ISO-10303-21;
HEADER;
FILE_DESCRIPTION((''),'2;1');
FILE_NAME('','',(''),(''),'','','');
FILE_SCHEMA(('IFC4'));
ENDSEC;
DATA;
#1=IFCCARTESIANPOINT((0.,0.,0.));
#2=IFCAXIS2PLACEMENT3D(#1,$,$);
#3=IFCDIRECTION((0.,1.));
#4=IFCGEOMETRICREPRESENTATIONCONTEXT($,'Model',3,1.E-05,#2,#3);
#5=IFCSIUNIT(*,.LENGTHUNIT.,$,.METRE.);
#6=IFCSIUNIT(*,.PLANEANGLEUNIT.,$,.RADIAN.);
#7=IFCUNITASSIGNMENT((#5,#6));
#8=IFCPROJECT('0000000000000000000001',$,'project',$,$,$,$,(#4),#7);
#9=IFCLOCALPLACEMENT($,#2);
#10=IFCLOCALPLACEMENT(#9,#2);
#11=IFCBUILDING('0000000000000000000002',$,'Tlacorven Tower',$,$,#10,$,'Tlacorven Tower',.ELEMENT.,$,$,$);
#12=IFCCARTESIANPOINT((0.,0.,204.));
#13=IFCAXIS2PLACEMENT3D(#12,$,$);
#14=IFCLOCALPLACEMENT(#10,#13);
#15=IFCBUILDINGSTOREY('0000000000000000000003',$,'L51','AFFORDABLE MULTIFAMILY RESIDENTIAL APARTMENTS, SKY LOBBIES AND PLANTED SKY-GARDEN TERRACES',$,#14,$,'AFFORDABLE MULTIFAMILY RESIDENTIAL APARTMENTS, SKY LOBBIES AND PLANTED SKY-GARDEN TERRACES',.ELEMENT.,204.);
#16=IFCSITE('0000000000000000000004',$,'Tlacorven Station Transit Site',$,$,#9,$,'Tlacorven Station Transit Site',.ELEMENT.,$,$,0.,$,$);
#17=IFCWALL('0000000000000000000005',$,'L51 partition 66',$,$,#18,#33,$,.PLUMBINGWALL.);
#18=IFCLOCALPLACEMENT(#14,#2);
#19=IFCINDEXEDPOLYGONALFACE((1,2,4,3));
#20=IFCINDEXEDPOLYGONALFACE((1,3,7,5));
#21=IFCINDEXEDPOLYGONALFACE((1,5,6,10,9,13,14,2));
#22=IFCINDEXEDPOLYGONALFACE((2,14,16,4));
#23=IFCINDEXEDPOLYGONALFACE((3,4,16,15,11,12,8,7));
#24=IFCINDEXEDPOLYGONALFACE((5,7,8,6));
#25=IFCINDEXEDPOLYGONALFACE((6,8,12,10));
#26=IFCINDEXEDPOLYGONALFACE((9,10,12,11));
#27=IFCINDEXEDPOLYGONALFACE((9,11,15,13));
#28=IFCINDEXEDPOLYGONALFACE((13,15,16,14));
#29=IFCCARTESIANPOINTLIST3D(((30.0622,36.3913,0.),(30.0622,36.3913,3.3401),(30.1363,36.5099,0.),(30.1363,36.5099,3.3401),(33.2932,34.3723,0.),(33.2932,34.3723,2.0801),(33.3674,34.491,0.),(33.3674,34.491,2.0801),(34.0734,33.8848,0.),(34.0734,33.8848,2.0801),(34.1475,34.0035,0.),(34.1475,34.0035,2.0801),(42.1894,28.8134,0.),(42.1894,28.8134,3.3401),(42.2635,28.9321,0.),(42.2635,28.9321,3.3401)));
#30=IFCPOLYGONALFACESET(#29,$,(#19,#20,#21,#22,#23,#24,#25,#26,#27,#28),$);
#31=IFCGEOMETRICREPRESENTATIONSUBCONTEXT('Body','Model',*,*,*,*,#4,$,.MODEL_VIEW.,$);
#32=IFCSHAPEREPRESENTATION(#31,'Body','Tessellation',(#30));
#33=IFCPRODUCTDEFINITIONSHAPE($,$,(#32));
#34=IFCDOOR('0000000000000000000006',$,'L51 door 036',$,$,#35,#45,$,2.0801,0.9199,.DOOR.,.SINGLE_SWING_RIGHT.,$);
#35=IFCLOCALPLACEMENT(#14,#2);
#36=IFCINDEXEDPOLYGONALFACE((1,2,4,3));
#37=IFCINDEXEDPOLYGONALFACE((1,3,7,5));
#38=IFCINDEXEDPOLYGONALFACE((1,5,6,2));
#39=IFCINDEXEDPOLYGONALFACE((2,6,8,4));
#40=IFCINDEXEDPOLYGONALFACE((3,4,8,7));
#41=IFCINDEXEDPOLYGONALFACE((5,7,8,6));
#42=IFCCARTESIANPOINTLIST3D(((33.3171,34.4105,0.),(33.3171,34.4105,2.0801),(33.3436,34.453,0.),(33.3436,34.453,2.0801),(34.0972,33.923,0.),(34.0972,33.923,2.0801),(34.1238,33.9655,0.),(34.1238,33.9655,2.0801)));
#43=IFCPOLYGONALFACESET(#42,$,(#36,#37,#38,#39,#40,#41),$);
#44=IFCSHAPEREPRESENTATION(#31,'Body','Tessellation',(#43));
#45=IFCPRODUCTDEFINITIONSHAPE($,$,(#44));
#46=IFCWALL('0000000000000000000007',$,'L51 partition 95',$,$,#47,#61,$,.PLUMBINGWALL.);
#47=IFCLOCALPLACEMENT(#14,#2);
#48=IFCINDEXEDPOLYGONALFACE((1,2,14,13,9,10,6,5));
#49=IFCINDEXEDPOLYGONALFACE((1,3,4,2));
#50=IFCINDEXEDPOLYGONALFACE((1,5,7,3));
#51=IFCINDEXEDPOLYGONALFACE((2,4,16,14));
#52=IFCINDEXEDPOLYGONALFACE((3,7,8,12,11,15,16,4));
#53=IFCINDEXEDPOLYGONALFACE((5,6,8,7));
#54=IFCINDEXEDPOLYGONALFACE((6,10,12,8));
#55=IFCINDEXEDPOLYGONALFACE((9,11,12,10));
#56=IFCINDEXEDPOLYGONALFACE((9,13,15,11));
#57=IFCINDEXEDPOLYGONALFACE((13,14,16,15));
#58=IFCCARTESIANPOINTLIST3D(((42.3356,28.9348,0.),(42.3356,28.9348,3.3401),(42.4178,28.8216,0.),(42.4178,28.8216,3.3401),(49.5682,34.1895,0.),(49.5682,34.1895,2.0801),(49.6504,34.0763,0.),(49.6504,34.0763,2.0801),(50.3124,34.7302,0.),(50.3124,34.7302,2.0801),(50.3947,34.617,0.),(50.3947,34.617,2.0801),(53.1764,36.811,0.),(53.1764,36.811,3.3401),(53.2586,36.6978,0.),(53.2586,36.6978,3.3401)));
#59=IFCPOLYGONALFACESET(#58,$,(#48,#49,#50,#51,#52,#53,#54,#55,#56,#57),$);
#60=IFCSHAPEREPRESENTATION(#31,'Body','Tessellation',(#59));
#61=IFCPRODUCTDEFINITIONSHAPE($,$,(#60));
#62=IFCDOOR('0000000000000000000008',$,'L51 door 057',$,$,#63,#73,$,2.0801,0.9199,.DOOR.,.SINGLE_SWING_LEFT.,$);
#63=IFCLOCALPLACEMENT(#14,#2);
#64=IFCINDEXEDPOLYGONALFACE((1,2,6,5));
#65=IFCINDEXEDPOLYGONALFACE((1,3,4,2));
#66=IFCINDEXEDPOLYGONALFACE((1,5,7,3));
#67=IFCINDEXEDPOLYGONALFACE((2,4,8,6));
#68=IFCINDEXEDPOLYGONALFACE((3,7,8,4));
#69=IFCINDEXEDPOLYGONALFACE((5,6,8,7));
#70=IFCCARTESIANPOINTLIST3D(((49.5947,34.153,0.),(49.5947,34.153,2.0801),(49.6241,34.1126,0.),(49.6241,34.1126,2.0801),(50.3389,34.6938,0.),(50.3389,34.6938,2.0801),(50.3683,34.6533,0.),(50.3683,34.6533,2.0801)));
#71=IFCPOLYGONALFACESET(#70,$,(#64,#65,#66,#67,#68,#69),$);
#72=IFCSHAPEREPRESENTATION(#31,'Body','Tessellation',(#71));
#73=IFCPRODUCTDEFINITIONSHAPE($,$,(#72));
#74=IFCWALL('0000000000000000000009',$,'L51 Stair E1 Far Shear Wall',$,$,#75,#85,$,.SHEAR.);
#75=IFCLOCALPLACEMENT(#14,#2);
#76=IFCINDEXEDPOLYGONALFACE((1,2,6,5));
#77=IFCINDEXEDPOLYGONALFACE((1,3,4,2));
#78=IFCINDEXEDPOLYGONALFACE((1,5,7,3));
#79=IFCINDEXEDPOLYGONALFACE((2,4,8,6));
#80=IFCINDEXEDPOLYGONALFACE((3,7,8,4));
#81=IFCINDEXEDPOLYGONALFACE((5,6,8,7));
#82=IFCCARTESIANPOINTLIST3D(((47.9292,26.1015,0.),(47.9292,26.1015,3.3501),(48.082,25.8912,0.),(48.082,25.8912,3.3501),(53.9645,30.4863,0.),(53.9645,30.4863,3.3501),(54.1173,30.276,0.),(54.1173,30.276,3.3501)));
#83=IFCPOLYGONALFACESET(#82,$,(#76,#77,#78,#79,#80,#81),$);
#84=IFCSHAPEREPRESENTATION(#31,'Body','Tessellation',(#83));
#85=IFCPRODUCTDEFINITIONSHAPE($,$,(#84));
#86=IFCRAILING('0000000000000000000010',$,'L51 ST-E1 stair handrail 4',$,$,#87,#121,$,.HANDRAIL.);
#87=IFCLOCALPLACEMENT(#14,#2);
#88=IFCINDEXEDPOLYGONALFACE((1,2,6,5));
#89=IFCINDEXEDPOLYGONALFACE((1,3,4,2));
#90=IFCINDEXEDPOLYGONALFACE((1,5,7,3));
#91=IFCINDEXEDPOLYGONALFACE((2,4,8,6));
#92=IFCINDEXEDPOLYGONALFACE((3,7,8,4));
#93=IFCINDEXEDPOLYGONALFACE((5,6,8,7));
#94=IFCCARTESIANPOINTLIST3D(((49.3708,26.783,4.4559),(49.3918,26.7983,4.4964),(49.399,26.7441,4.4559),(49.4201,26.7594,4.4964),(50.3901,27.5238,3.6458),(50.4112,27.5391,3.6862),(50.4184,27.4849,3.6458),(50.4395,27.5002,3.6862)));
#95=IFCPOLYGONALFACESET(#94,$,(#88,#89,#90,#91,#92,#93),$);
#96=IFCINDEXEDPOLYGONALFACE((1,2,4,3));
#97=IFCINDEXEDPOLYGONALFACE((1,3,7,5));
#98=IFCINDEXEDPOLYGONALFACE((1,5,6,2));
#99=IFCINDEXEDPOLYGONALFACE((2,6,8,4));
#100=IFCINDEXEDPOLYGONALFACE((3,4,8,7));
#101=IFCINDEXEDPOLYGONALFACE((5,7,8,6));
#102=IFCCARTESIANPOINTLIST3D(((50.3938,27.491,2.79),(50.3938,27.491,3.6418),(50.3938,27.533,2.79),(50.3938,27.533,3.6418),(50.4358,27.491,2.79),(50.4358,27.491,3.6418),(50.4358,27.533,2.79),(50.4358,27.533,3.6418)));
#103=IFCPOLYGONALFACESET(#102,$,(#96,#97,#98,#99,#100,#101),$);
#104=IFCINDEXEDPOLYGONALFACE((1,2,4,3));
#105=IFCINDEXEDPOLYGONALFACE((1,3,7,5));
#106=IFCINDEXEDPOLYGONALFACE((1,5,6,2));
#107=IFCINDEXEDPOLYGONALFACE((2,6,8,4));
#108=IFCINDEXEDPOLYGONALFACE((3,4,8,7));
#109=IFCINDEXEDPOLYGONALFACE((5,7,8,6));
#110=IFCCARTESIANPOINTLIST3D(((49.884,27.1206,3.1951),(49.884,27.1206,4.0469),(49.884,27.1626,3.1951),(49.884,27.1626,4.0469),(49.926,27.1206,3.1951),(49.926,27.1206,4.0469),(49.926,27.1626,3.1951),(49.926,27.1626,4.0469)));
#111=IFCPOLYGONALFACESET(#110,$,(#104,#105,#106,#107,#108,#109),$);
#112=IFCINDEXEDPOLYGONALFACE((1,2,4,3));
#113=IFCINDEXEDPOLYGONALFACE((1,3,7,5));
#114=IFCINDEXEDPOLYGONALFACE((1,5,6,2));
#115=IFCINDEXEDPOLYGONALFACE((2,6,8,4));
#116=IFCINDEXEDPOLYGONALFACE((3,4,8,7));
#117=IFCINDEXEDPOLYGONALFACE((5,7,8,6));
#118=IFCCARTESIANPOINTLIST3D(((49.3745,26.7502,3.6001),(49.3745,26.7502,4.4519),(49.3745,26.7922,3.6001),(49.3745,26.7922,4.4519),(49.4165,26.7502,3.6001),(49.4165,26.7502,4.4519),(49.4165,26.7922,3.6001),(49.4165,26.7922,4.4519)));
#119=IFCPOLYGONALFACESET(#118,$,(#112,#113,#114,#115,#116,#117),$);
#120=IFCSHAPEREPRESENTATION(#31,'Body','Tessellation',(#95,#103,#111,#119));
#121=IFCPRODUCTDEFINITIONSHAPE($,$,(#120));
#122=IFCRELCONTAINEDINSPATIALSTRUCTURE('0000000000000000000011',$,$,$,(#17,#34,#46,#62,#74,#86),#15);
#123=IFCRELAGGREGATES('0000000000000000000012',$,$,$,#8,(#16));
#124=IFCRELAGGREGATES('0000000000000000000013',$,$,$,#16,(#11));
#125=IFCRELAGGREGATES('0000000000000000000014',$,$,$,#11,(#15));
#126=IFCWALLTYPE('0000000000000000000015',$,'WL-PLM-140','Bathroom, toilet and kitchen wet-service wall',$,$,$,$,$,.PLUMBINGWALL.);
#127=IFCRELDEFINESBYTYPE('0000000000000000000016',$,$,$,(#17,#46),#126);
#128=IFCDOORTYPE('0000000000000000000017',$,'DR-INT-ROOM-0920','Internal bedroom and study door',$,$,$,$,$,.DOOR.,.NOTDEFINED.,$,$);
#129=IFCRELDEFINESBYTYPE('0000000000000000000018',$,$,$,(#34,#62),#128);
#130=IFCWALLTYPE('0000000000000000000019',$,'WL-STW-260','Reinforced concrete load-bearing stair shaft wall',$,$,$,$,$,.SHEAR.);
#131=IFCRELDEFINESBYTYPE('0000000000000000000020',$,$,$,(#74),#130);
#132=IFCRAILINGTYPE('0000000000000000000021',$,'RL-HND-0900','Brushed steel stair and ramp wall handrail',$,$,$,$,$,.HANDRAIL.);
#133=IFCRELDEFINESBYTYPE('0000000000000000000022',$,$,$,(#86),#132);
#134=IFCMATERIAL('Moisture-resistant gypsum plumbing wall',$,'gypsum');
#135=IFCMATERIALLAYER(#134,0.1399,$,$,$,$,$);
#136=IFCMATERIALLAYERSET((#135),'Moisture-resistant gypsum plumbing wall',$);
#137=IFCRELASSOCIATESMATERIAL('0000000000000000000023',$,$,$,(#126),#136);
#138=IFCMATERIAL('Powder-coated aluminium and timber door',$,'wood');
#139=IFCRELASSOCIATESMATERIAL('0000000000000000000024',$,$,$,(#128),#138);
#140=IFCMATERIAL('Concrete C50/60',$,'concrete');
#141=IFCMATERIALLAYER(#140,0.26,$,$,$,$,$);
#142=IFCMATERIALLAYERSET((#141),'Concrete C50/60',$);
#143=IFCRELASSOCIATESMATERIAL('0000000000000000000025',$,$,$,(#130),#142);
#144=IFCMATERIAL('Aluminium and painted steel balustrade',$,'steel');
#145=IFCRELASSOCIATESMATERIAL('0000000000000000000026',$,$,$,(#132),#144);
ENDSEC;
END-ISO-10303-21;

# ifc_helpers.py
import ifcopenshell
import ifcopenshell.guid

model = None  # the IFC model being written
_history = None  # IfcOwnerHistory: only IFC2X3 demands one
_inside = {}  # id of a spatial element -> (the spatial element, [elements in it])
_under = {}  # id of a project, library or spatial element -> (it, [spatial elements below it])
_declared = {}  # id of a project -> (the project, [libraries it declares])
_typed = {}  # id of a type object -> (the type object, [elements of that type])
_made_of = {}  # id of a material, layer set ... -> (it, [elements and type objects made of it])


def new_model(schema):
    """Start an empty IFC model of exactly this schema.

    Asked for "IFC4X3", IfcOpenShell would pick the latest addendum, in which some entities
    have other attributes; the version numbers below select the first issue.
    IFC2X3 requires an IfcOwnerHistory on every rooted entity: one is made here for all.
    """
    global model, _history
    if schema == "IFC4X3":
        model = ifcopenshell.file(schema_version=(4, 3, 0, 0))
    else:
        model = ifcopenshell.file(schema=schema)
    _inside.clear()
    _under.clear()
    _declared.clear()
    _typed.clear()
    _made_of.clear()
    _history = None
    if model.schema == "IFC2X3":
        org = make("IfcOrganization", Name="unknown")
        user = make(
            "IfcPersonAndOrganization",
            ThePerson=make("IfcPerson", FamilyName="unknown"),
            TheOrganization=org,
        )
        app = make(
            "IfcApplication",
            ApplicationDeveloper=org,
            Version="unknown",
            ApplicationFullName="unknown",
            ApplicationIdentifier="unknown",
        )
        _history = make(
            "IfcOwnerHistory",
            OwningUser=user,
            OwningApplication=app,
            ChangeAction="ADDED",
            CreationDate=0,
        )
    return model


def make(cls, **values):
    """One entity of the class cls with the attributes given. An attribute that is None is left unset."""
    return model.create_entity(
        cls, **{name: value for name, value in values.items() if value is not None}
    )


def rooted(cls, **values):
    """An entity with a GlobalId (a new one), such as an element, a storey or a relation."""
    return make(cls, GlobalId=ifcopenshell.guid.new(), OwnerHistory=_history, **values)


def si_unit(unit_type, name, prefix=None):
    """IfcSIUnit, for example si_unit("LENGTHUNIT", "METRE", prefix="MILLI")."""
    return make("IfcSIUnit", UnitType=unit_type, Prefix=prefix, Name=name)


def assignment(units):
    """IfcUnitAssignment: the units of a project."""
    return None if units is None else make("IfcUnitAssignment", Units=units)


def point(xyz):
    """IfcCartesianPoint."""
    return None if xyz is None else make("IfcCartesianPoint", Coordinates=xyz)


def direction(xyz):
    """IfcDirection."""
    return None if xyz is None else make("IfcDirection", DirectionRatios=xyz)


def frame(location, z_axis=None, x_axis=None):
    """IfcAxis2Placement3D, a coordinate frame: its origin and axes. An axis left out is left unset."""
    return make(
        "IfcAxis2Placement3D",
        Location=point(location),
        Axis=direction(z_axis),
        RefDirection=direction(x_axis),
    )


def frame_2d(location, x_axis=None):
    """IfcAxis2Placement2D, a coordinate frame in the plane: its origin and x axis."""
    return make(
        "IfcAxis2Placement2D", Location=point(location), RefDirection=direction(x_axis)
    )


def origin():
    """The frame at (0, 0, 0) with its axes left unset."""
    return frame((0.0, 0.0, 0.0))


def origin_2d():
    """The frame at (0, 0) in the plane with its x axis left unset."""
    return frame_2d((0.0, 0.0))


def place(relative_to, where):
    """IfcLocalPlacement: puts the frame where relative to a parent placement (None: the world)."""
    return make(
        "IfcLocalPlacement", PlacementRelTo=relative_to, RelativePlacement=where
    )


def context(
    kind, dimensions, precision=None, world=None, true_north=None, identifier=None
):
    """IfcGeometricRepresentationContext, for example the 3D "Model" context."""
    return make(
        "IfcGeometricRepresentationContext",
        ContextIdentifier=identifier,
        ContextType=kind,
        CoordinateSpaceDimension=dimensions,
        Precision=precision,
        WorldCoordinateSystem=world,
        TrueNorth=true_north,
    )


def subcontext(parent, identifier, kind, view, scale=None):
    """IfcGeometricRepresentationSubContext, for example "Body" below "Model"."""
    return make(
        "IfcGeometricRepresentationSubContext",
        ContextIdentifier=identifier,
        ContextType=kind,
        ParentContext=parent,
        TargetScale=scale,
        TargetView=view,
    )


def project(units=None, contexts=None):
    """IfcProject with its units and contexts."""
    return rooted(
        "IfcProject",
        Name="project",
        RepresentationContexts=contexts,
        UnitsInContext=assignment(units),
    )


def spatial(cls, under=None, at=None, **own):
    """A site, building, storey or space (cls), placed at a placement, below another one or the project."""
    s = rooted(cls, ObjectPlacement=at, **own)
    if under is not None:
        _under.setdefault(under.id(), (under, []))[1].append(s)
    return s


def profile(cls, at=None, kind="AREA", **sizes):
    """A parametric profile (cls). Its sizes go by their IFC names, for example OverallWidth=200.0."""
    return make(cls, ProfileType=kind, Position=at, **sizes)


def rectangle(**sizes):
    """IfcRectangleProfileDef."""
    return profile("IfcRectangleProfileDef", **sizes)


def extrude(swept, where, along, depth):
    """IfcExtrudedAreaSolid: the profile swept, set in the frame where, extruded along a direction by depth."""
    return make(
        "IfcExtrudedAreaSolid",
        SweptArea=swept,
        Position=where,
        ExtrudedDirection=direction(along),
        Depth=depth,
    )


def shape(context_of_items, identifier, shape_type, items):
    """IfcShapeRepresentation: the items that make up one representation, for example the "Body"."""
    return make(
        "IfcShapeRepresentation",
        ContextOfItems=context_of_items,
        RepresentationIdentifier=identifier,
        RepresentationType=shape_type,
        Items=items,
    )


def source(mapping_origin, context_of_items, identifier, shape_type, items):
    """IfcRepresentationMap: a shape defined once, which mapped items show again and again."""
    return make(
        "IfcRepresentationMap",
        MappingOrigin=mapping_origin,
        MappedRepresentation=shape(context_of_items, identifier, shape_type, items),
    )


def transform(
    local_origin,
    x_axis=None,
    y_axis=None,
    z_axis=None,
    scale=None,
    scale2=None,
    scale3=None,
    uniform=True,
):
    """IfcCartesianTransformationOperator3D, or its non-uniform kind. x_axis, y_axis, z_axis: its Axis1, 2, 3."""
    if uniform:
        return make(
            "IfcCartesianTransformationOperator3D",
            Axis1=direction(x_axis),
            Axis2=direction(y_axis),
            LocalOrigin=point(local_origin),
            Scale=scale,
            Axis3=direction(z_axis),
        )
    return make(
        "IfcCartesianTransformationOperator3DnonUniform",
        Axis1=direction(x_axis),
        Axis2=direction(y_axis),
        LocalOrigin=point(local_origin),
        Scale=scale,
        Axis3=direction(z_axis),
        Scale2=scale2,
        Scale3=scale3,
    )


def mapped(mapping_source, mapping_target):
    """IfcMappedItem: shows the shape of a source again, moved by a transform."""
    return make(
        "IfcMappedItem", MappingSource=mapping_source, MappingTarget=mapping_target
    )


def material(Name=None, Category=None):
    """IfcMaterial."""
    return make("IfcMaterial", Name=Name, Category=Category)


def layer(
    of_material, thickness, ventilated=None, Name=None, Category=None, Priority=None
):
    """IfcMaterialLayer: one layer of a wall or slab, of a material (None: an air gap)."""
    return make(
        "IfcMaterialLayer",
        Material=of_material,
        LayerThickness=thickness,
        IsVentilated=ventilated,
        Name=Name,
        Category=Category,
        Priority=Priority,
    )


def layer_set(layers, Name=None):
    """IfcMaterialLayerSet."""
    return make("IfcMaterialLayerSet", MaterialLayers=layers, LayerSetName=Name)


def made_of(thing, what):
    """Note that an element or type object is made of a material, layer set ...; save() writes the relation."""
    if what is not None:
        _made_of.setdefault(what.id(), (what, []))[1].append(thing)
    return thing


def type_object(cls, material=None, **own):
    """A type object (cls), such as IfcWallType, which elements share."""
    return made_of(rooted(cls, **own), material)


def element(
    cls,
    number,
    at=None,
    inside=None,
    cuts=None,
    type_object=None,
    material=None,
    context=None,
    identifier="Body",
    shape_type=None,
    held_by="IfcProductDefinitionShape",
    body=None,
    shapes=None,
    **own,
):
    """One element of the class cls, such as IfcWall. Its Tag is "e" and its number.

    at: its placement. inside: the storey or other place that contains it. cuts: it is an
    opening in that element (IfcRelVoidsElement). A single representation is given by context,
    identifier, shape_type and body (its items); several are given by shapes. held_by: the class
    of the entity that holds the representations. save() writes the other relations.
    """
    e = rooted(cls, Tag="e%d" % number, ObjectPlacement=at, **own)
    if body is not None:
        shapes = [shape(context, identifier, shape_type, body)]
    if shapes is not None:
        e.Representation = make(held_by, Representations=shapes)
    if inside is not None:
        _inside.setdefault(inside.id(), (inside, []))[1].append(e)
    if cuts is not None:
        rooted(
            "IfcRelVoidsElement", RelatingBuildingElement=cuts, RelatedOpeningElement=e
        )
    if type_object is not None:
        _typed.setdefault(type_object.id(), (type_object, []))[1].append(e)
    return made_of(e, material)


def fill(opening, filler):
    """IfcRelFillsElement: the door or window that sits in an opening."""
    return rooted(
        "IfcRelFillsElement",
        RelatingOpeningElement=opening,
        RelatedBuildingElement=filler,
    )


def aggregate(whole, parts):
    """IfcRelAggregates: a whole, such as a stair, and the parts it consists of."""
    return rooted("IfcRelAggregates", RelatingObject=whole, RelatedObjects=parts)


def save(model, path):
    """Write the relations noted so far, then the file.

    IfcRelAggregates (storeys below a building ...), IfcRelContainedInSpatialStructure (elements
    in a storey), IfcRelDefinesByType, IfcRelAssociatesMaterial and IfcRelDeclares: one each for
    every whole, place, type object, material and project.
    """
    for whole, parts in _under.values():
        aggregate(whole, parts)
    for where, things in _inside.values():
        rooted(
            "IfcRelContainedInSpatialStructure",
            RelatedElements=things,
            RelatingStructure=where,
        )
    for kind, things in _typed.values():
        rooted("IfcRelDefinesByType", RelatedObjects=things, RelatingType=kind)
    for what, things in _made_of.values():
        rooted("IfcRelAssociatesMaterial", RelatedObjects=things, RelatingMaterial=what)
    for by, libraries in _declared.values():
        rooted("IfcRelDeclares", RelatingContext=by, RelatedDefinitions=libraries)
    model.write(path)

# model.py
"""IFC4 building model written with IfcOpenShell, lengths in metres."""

from ifc_helpers import new_model, si_unit, direction, frame, frame_2d, origin, origin_2d, place, context, subcontext, project, spatial, rectangle, extrude, source, transform, mapped, material, layer, layer_set, type_object, element, fill, save


model = new_model("IFC4")

# Units and contexts
model_context = context("Model", 3, precision=1e-05, world=origin(), true_north=direction((0.0, 1.0)))
body_context = subcontext(model_context, "Body", "Model", "MODEL_VIEW")
ifc_project = project(units=[si_unit("LENGTHUNIT", "METRE"), si_unit("PLANEANGLEUNIT", "RADIAN")], contexts=[model_context])

# Site, building, storey
site_placement = place(None, origin())
site = spatial("IfcSite", under=ifc_project, at=site_placement, Name="Tlacorven Station Transit Site", LongName="Tlacorven Station Transit Site", CompositionType="ELEMENT", RefElevation=0.0)
building_placement = place(site_placement, origin())
building = spatial("IfcBuilding", under=site, at=building_placement, Name="Tlacorven Tower", LongName="Tlacorven Tower", CompositionType="ELEMENT")
storey_placement = place(building_placement, frame((0.0, 0.0, 204.0)))
storey = spatial("IfcBuildingStorey", under=building, at=storey_placement, Name="L51", Description="AFFORDABLE MULTIFAMILY RESIDENTIAL APARTMENTS, SKY LOBBIES AND PLANTED SKY-GARDEN TERRACES", LongName="AFFORDABLE MULTIFAMILY RESIDENTIAL APARTMENTS, SKY LOBBIES AND PLANTED SKY-GARDEN TERRACES", CompositionType="ELEMENT", Elevation=204.0)

# Walls, openings, doors
ifc_material_1 = material(Name="Moisture-resistant gypsum plumbing wall", Category="gypsum")
ifc_layer_1 = layer(ifc_material_1, 0.1399)
ifc_layer_set_1 = layer_set([ifc_layer_1], Name="Moisture-resistant gypsum plumbing wall")
wall_type_1 = type_object("IfcWallType", Name="WL-PLM-140", Description="Bathroom, toilet and kitchen wet-service wall", PredefinedType="PLUMBINGWALL", material=ifc_layer_set_1)
wall_1_placement = place(storey_placement, frame((42.2263, 28.8728, 0.0), z_axis=(0.0, 0.0, 1.0), x_axis=(-0.848049, 0.529918, 0.0)))
wall_1 = element("IfcWall", 1, at=wall_1_placement, inside=storey, type_object=wall_type_1, Name="L51 partition 66", PredefinedType="PLUMBINGWALL", context=body_context, shape_type="SweptSolid", body=[
    extrude(rectangle(XDim=14.3, YDim=0.1399, at=frame_2d((7.1499, 0.0))), origin(), (0.0, 0.0, 1.0), 3.3401),
])
opening_1_placement = place(wall_1_placement, frame((9.5701, 0.0, 0.0)))
opening_1 = element("IfcOpeningElement", 2, at=opening_1_placement, cuts=wall_1, PredefinedType="OPENING", context=body_context, shape_type="SweptSolid", body=[
    extrude(rectangle(XDim=0.9199, YDim=2.0801, at=frame_2d((0.46, 1.04))), frame((0.0, 0.0801, 0.0), z_axis=(0.0, -1.0, 0.0), x_axis=(1.0, 0.0, 0.0)), (0.0, 0.0, 1.0), 0.1599),
])
ifc_material_2 = material(Name="Powder-coated aluminium and timber door", Category="wood")
door_type_1 = type_object("IfcDoorType", Name="DR-INT-ROOM-0920", Description="Internal bedroom and study door", OperationType="NOTDEFINED", PredefinedType="DOOR", material=ifc_material_2)
shared_shape_1 = source(origin(), body_context, "Body", "SweptSolid", [
    extrude(rectangle(XDim=0.9199, YDim=2.0801, at=frame_2d((0.46, 1.04))), frame((0.0, 0.0249, 0.0), z_axis=(0.0, -1.0, 0.0), x_axis=(1.0, 0.0, 0.0)), (0.0, 0.0, 1.0), 0.05),
])
door_1_placement = place(opening_1_placement, origin())
door_1 = element("IfcDoor", 3, at=door_1_placement, inside=storey, type_object=door_type_1, Name="L51 door 036", OperationType="SINGLE_SWING_RIGHT", OverallHeight=2.0801, OverallWidth=0.9199, PredefinedType="DOOR", context=body_context, shape_type="MappedRepresentation", body=[
    mapped(shared_shape_1, transform((0.0, 0.0, 0.0), scale=1.0)),
])
fill(opening_1, door_1)
wall_2_placement = place(storey_placement, frame((42.3767, 28.8782, 0.0), z_axis=(0.0, 0.0, 1.0), x_axis=(0.80902, 0.587781, 0.0)))
wall_2 = element("IfcWall", 4, at=wall_2_placement, inside=storey, type_object=wall_type_1, Name="L51 partition 95", PredefinedType="PLUMBINGWALL", context=body_context, shape_type="SweptSolid", body=[
    extrude(rectangle(XDim=13.3999, YDim=0.1399, at=frame_2d((6.7, 0.0))), origin(), (0.0, 0.0, 1.0), 3.3401),
])
opening_2_placement = place(wall_2_placement, frame((8.9399, 0.0, 0.0)))
opening_2 = element("IfcOpeningElement", 5, at=opening_2_placement, cuts=wall_2, PredefinedType="OPENING", context=body_context, shape_type="SweptSolid", body=[
    extrude(rectangle(XDim=0.9199, YDim=2.0801, at=frame_2d((0.46, 1.04))), frame((0.0, 0.0801, 0.0), z_axis=(0.0, -1.0, 0.0), x_axis=(1.0, 0.0, 0.0)), (0.0, 0.0, 1.0), 0.1599),
])
door_2_placement = place(opening_2_placement, origin())
door_2 = element("IfcDoor", 6, at=door_2_placement, inside=storey, type_object=door_type_1, Name="L51 door 057", OperationType="SINGLE_SWING_LEFT", OverallHeight=2.0801, OverallWidth=0.9199, PredefinedType="DOOR", context=body_context, shape_type="MappedRepresentation", body=[
    mapped(shared_shape_1, transform((0.0, 0.0, 0.0), scale=1.0)),
])
fill(opening_2, door_2)

# Wall
ifc_material_3 = material(Name="Concrete C50/60", Category="concrete")
ifc_layer_2 = layer(ifc_material_3, 0.26)
ifc_layer_set_2 = layer_set([ifc_layer_2], Name="Concrete C50/60")
wall_type_2 = type_object("IfcWallType", Name="WL-STW-260", Description="Reinforced concrete load-bearing stair shaft wall", PredefinedType="SHEAR", material=ifc_layer_set_2)
wall_3_placement = place(storey_placement, frame((48.0056, 25.9963, 0.0), z_axis=(0.0, 0.0, 1.0), x_axis=(0.809019, 0.587782, 0.0)))
element("IfcWall", 7, at=wall_3_placement, inside=storey, type_object=wall_type_2, Name="L51 Stair E1 Far Shear Wall", PredefinedType="SHEAR", context=body_context, shape_type="SweptSolid", body=[
    extrude(rectangle(XDim=7.46, YDim=0.26, at=frame_2d((3.73, 0.0))), origin(), (0.0, 0.0, 1.0), 3.3501),
])

# Railing
ifc_material_4 = material(Name="Aluminium and painted steel balustrade", Category="steel")
railing_type = type_object("IfcRailingType", Name="RL-HND-0900", Description="Brushed steel stair and ramp wall handrail", PredefinedType="HANDRAIL", material=ifc_material_4)
shared_shape_2 = source(origin(), body_context, "Body", "SweptSolid", [
    extrude(rectangle(XDim=0.0481, YDim=0.0481, at=origin_2d()), frame((0.0, 0.0, 0.876), z_axis=(-0.680461, -0.494496, 0.540783), x_axis=(0.587872, -0.808954, 0.0)), (0.0, 0.0, 1.0), 1.498),
    extrude(rectangle(XDim=0.042, YDim=0.042, at=origin_2d()), origin(), (0.0, 0.0, 1.0), 0.8518),
    extrude(rectangle(XDim=0.042, YDim=0.042, at=origin_2d()), frame((-0.5098, -0.3704, 0.405)), (0.0, 0.0, 1.0), 0.8518),
    extrude(rectangle(XDim=0.042, YDim=0.042, at=origin_2d()), frame((-1.0193, -0.7407, 0.8101)), (0.0, 0.0, 1.0), 0.8518),
])
railing_placement = place(storey_placement, frame((50.4148, 27.512, 2.79)))
element("IfcRailing", 8, at=railing_placement, inside=storey, type_object=railing_type, Name="L51 ST-E1 stair handrail 4", PredefinedType="HANDRAIL", context=body_context, shape_type="MappedRepresentation", body=[
    mapped(shared_shape_2, transform((0.0, 0.0, 0.0), scale=1.0)),
])

save(model, "model.ifc")
